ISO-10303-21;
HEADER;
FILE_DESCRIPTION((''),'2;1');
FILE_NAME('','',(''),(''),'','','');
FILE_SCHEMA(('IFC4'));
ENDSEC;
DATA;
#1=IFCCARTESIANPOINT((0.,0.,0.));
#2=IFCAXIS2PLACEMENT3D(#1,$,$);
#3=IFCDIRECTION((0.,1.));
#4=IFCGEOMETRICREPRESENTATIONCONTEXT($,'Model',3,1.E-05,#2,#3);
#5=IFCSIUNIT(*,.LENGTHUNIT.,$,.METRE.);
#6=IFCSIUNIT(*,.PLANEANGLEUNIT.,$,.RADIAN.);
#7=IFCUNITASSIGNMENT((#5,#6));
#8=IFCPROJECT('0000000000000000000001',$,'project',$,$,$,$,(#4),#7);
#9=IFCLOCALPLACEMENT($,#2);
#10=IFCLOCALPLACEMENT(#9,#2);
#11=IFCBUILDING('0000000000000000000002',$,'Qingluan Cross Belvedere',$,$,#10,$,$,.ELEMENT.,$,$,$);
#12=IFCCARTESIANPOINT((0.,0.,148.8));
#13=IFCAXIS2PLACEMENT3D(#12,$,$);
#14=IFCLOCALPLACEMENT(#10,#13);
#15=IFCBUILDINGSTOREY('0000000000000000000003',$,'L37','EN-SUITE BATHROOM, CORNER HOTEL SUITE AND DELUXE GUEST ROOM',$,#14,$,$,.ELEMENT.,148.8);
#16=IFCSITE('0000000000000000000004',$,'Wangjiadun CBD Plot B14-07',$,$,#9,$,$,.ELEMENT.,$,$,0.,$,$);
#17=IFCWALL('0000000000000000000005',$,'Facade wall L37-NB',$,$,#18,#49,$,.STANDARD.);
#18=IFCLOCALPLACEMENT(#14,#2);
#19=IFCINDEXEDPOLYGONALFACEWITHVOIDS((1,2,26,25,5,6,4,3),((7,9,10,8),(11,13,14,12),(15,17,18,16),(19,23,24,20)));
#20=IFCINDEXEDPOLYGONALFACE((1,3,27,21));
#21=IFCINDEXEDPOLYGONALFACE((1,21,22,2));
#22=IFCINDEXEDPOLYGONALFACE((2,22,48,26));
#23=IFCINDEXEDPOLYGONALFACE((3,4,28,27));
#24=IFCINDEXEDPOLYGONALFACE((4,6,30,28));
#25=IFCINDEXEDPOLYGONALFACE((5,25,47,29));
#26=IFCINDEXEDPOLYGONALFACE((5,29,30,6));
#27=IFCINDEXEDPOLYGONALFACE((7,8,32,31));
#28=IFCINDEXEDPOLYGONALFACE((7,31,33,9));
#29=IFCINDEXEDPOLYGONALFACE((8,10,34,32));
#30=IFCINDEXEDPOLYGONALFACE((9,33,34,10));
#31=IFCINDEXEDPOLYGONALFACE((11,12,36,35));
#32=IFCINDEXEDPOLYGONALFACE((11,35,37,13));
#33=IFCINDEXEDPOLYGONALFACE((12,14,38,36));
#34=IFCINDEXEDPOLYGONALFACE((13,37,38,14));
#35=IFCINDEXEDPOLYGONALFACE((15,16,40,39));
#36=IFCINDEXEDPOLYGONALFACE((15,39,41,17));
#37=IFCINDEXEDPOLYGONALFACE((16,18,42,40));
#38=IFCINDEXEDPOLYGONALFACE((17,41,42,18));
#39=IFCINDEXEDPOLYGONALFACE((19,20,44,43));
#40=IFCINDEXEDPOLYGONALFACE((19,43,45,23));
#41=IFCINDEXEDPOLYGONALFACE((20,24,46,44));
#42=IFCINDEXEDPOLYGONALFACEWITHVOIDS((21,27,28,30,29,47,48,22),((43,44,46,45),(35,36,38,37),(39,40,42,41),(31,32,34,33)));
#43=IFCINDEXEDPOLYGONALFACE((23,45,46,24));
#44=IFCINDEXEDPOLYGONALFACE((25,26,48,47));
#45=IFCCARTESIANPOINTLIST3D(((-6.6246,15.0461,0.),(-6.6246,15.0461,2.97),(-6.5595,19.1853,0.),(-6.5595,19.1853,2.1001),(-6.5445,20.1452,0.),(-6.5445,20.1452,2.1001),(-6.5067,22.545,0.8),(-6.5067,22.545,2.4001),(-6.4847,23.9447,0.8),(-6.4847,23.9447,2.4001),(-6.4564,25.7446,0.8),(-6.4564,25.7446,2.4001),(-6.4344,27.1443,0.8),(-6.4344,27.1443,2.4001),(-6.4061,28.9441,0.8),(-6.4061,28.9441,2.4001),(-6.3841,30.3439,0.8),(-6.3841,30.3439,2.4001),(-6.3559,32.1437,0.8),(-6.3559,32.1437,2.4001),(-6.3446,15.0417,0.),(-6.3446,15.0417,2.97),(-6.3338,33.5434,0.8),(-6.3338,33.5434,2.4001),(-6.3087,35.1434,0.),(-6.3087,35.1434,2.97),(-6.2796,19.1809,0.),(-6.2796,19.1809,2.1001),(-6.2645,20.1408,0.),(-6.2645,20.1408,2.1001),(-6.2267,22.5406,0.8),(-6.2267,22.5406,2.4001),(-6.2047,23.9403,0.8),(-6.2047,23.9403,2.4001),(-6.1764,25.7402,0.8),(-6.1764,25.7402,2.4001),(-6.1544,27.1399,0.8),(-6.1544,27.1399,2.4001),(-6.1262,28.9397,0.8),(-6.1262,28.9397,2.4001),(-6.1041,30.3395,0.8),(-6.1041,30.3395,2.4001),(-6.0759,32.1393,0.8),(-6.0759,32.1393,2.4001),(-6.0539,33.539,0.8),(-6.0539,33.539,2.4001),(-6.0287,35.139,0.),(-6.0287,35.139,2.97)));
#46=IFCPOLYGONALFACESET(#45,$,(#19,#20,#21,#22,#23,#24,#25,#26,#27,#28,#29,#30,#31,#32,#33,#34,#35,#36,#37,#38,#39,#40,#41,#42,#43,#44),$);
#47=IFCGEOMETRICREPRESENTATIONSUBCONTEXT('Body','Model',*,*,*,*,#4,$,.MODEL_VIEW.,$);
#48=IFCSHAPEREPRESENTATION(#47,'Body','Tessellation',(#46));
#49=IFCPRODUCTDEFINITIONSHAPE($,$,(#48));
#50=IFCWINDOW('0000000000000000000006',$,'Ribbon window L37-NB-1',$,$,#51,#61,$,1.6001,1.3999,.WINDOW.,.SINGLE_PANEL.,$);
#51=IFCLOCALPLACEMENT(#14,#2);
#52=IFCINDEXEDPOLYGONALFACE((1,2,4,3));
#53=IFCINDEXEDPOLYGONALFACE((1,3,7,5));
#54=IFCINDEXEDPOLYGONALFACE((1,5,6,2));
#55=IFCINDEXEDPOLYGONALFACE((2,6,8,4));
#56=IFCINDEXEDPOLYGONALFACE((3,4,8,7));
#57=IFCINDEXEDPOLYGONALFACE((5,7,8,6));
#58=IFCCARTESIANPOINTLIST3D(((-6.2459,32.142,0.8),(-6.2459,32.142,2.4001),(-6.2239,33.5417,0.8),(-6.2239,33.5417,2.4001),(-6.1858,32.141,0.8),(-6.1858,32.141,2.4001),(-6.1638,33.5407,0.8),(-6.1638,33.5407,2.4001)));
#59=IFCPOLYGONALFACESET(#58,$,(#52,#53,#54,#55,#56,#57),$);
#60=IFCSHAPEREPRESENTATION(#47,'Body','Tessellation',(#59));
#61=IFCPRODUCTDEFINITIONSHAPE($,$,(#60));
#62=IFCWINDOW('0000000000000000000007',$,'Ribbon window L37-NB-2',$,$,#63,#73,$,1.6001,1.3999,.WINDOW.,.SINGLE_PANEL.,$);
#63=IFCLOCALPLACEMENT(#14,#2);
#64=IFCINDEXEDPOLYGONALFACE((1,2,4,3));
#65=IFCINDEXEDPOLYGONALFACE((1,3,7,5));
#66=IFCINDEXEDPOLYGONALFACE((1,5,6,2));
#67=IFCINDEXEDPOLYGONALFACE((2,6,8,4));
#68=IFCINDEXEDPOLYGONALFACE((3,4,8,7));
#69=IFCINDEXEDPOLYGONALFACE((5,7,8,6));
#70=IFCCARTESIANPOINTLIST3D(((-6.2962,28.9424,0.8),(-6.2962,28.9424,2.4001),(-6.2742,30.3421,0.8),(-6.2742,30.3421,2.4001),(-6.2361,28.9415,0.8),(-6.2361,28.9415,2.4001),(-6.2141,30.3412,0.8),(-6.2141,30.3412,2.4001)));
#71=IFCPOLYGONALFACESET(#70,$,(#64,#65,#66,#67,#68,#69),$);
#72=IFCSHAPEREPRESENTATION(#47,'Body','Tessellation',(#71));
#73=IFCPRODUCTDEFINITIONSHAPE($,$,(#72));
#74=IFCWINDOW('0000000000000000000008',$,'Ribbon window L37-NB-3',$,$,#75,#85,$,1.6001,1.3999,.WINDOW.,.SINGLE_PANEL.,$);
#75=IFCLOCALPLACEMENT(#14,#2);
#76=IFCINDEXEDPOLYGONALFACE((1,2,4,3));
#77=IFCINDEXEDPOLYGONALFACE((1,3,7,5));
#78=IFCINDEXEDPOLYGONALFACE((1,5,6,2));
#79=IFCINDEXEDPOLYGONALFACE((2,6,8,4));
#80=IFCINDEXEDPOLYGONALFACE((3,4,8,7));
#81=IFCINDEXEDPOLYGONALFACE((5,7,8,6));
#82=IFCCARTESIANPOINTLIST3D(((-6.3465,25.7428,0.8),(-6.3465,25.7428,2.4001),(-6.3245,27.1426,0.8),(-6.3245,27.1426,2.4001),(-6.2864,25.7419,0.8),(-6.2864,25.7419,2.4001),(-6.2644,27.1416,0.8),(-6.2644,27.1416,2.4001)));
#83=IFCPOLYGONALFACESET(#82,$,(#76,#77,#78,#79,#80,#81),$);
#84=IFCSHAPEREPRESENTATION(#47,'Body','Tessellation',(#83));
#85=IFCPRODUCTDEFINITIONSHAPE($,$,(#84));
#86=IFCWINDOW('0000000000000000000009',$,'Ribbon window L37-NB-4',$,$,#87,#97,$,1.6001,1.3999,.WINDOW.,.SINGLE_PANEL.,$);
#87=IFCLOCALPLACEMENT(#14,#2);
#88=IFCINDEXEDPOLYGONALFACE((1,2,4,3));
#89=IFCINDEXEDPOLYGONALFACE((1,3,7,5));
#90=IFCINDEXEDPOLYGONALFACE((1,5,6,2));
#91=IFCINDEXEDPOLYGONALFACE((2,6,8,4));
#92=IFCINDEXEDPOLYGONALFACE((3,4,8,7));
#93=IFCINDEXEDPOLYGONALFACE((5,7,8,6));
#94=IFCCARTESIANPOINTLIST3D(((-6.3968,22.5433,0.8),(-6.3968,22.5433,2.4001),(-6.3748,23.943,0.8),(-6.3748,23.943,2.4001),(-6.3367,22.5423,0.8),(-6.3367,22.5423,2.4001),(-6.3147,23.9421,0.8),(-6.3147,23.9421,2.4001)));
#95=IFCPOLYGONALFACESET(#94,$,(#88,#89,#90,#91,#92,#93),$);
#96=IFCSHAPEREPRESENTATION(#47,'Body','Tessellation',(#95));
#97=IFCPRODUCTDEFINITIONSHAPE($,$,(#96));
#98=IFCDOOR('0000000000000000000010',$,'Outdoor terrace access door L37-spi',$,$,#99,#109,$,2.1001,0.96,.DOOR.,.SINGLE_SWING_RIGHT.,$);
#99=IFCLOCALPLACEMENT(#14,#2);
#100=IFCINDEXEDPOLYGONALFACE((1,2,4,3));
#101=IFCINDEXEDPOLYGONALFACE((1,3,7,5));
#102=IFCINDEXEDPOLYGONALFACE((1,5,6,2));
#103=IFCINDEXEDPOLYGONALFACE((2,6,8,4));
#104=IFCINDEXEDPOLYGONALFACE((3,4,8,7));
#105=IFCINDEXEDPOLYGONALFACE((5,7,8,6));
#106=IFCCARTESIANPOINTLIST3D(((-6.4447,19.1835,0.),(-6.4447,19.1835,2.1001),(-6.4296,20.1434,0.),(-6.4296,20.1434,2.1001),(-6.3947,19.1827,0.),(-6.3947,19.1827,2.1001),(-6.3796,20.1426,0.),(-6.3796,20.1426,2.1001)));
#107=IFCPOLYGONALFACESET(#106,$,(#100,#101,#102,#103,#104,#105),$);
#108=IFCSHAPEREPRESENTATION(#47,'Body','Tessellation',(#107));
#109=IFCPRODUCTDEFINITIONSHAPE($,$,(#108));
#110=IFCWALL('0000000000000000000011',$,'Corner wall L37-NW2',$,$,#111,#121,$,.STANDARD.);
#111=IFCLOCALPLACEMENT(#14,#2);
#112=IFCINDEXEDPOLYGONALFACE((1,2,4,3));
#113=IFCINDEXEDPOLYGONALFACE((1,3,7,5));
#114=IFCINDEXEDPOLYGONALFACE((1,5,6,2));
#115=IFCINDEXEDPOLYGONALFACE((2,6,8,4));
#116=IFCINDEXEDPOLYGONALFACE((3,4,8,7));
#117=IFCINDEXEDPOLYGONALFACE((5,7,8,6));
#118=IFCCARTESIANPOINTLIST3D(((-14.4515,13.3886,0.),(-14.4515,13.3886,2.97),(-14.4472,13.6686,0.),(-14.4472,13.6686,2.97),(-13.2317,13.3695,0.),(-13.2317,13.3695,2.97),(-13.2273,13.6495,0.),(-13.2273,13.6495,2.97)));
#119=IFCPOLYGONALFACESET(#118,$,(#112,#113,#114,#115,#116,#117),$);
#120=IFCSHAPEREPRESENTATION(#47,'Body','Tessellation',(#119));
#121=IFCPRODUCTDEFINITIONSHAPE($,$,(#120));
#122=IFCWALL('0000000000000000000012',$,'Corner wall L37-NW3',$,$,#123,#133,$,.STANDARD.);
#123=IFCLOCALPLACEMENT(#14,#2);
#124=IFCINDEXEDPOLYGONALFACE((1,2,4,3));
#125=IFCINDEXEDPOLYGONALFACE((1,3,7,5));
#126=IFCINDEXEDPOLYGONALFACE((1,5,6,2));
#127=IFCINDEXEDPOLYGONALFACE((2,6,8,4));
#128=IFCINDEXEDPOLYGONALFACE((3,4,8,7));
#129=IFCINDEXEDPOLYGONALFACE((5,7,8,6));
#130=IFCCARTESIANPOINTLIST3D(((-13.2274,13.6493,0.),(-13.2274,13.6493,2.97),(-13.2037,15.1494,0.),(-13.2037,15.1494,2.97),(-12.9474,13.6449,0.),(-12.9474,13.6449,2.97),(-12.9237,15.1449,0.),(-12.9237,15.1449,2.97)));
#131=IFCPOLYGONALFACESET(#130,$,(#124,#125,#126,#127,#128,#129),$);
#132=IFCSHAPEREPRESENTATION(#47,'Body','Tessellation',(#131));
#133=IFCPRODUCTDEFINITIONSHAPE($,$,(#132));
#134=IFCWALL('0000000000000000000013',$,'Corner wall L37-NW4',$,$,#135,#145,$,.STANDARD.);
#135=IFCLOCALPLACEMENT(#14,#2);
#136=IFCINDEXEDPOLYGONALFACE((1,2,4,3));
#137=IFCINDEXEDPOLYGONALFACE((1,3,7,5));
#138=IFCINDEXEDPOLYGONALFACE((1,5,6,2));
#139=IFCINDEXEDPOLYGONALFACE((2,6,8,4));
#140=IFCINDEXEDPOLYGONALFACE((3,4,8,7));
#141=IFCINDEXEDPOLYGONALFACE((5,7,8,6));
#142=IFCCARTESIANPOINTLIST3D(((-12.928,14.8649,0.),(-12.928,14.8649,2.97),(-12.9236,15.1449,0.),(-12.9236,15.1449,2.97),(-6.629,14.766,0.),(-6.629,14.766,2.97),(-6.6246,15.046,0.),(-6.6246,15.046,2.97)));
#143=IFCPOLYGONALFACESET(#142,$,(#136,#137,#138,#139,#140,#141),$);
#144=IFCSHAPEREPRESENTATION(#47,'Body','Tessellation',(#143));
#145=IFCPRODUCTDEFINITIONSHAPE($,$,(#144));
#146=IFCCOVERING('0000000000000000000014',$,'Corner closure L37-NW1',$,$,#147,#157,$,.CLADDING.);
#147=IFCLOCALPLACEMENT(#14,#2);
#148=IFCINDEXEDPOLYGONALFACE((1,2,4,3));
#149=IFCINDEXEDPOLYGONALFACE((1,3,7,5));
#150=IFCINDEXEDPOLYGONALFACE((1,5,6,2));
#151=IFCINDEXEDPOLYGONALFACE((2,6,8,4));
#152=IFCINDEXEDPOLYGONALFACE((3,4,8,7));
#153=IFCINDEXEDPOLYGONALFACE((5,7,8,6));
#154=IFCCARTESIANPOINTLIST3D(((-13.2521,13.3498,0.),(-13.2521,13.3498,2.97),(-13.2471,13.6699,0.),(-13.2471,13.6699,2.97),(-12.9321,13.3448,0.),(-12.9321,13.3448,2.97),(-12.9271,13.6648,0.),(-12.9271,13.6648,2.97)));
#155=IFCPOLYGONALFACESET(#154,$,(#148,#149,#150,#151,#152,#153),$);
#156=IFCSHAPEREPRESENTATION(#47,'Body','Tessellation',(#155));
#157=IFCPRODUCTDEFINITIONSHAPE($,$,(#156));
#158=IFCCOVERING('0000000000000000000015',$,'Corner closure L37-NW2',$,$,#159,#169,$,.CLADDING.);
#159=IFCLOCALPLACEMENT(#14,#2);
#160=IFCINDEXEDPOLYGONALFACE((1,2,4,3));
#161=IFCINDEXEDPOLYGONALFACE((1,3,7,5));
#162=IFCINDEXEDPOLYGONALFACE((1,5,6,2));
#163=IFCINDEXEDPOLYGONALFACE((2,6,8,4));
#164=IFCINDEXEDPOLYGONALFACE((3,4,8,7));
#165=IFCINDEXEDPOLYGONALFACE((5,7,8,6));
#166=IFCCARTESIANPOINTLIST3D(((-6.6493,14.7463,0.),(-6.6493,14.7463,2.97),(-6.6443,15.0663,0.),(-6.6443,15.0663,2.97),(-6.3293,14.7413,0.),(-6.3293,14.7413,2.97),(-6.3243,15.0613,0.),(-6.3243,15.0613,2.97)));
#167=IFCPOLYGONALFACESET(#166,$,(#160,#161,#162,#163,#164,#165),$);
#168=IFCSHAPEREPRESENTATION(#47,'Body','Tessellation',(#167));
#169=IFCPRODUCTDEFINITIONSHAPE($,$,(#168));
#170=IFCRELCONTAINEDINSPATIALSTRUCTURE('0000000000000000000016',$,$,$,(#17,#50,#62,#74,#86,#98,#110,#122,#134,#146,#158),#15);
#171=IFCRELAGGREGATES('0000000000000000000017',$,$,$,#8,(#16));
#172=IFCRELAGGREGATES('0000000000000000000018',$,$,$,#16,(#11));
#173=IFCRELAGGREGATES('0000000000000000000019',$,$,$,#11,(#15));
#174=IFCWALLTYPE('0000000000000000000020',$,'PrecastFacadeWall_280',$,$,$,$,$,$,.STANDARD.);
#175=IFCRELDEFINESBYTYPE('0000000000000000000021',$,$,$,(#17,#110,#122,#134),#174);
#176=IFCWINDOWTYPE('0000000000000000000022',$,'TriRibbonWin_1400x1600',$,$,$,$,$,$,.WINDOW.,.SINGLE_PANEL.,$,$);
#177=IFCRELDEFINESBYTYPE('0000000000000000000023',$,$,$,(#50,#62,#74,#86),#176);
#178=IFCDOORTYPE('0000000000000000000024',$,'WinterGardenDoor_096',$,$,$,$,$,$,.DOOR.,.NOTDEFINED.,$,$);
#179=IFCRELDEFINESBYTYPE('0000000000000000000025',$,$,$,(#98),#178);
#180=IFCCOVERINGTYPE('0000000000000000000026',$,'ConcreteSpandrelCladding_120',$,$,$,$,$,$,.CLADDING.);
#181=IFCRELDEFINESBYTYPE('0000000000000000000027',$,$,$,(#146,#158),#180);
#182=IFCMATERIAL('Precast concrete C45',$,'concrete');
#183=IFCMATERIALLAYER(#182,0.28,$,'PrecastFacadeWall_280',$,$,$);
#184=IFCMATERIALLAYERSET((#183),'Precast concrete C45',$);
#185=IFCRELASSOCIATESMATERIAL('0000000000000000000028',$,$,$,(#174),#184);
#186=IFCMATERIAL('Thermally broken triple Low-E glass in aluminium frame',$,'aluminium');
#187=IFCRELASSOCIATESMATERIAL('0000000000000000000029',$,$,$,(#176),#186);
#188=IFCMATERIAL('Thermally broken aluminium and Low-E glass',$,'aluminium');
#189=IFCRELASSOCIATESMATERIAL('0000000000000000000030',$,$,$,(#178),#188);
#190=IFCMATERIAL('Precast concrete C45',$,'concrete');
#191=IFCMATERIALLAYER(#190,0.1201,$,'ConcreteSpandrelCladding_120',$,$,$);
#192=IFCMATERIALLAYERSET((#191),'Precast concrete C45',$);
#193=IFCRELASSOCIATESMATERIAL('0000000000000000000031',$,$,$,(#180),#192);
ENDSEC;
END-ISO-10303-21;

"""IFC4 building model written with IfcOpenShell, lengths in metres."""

from ifc_helpers import new_model, si_unit, direction, frame, frame_2d, origin, origin_2d, place, context, subcontext, project, spatial, rectangle, extrude, material, layer, layer_set, type_object, element, fill, save


model = new_model("IFC4")

# Units and contexts
model_context = context("Model", 3, precision=1e-05, world=origin(), true_north=direction((0.0, 1.0)))
body_context = subcontext(model_context, "Body", "Model", "MODEL_VIEW")
ifc_project = project(units=[si_unit("LENGTHUNIT", "METRE"), si_unit("PLANEANGLEUNIT", "RADIAN")], contexts=[model_context])

# Site, building, storey
site_placement = place(None, origin())
site = spatial("IfcSite", under=ifc_project, at=site_placement, Name="Wangjiadun CBD Plot B14-07", CompositionType="ELEMENT", RefElevation=0.0)
building_placement = place(site_placement, origin())
building = spatial("IfcBuilding", under=site, at=building_placement, Name="Qingluan Cross Belvedere", CompositionType="ELEMENT")
storey_placement = place(building_placement, frame((0.0, 0.0, 148.8)))
storey = spatial("IfcBuildingStorey", under=building, at=storey_placement, Name="L37", Description="EN-SUITE BATHROOM, CORNER HOTEL SUITE AND DELUXE GUEST ROOM", CompositionType="ELEMENT", Elevation=148.8)

# Wall, openings, windows, door
ifc_material_1 = material(Name="Precast concrete C45", Category="concrete")
ifc_layer_1 = layer(ifc_material_1, 0.28, Name="PrecastFacadeWall_280")
ifc_layer_set_1 = layer_set([ifc_layer_1], Name="Precast concrete C45")
wall_type_1 = type_object("IfcWallType", Name="PrecastFacadeWall_280", PredefinedType="STANDARD", material=ifc_layer_set_1)
wall_1_placement = place(storey_placement, frame((-6.1687, 35.1411, 0.0), z_axis=(0.0, 0.0, 1.0), x_axis=(-0.015717, -0.999876, 0.0)))
wall_1 = element("IfcWall", 1, at=wall_1_placement, inside=storey, type_object=wall_type_1, Name="Facade wall L37-NB", PredefinedType="STANDARD", context=body_context, shape_type="SweptSolid", body=[
    extrude(rectangle(XDim=20.0999, YDim=0.28, at=frame_2d((10.0498, 0.0))), origin(), (0.0, 0.0, 1.0), 2.97),
])
opening_1_placement = place(wall_1_placement, frame((1.6001, 0.0, 0.8)))
opening_1 = element("IfcOpeningElement", 2, at=opening_1_placement, cuts=wall_1, PredefinedType="OPENING", context=body_context, shape_type="SweptSolid", body=[
    extrude(rectangle(XDim=1.3999, YDim=1.6001, at=frame_2d((0.7, 0.8))), frame((0.0, 0.1499, 0.0), z_axis=(0.0, -1.0, 0.0), x_axis=(1.0, 0.0, 0.0)), (0.0, 0.0, 1.0), 0.3),
])
opening_2_placement = place(wall_1_placement, frame((4.8, 0.0, 0.8)))
opening_2 = element("IfcOpeningElement", 3, at=opening_2_placement, cuts=wall_1, PredefinedType="OPENING", context=body_context, shape_type="SweptSolid", body=[
    extrude(rectangle(XDim=1.3999, YDim=1.6001, at=frame_2d((0.7, 0.8))), frame((0.0, 0.1499, 0.0), z_axis=(0.0, -1.0, 0.0), x_axis=(1.0, 0.0, 0.0)), (0.0, 0.0, 1.0), 0.3),
])
opening_3_placement = place(wall_1_placement, frame((8.0, 0.0, 0.8)))
opening_3 = element("IfcOpeningElement", 4, at=opening_3_placement, cuts=wall_1, PredefinedType="OPENING", context=body_context, shape_type="SweptSolid", body=[
    extrude(rectangle(XDim=1.3999, YDim=1.6001, at=frame_2d((0.7, 0.8))), frame((0.0, 0.1499, 0.0), z_axis=(0.0, -1.0, 0.0), x_axis=(1.0, 0.0, 0.0)), (0.0, 0.0, 1.0), 0.3),
])
opening_4_placement = place(wall_1_placement, frame((11.2, 0.0, 0.8)))
opening_4 = element("IfcOpeningElement", 5, at=opening_4_placement, cuts=wall_1, PredefinedType="OPENING", context=body_context, shape_type="SweptSolid", body=[
    extrude(rectangle(XDim=1.3999, YDim=1.6001, at=frame_2d((0.7, 0.8))), frame((0.0, 0.1499, 0.0), z_axis=(0.0, -1.0, 0.0), x_axis=(1.0, 0.0, 0.0)), (0.0, 0.0, 1.0), 0.3),
])
opening_5_placement = place(wall_1_placement, frame((15.0, 0.0, 0.0)))
opening_5 = element("IfcOpeningElement", 6, at=opening_5_placement, cuts=wall_1, PredefinedType="OPENING", context=body_context, shape_type="SweptSolid", body=[
    extrude(rectangle(XDim=0.96, YDim=2.1001, at=frame_2d((0.48, 1.05))), frame((0.0, 0.1499, 0.0), z_axis=(0.0, -1.0, 0.0), x_axis=(1.0, 0.0, 0.0)), (0.0, 0.0, 1.0), 0.3),
])
ifc_material_2 = material(Name="Thermally broken triple Low-E glass in aluminium frame", Category="aluminium")
window_type = type_object("IfcWindowType", Name="TriRibbonWin_1400x1600", PartitioningType="SINGLE_PANEL", PredefinedType="WINDOW", material=ifc_material_2)
window_1_placement = place(opening_1_placement, origin())
window_1 = element("IfcWindow", 7, at=window_1_placement, inside=storey, type_object=window_type, Name="Ribbon window L37-NB-1", OverallHeight=1.6001, OverallWidth=1.3999, PartitioningType="SINGLE_PANEL", PredefinedType="WINDOW", context=body_context, shape_type="SweptSolid", body=[
    extrude(rectangle(XDim=1.3999, YDim=1.6001, at=frame_2d((0.7, 0.8))), frame((0.0, 0.03, 0.0), z_axis=(0.0, -1.0, 0.0), x_axis=(1.0, 0.0, 0.0)), (0.0, 0.0, 1.0), 0.0601),
])
fill(opening_1, window_1)
window_2_placement = place(opening_2_placement, origin())
window_2 = element("IfcWindow", 8, at=window_2_placement, inside=storey, type_object=window_type, Name="Ribbon window L37-NB-2", OverallHeight=1.6001, OverallWidth=1.3999, PartitioningType="SINGLE_PANEL", PredefinedType="WINDOW", context=body_context, shape_type="SweptSolid", body=[
    extrude(rectangle(XDim=1.3999, YDim=1.6001, at=frame_2d((0.7, 0.8))), frame((0.0, 0.03, 0.0), z_axis=(0.0, -1.0, 0.0), x_axis=(1.0, 0.0, 0.0)), (0.0, 0.0, 1.0), 0.0601),
])
fill(opening_2, window_2)
window_3_placement = place(opening_3_placement, origin())
window_3 = element("IfcWindow", 9, at=window_3_placement, inside=storey, type_object=window_type, Name="Ribbon window L37-NB-3", OverallHeight=1.6001, OverallWidth=1.3999, PartitioningType="SINGLE_PANEL", PredefinedType="WINDOW", context=body_context, shape_type="SweptSolid", body=[
    extrude(rectangle(XDim=1.3999, YDim=1.6001, at=frame_2d((0.7, 0.8))), frame((0.0, 0.03, 0.0), z_axis=(0.0, -1.0, 0.0), x_axis=(1.0, 0.0, 0.0)), (0.0, 0.0, 1.0), 0.0601),
])
fill(opening_3, window_3)
window_4_placement = place(opening_4_placement, origin())
window_4 = element("IfcWindow", 10, at=window_4_placement, inside=storey, type_object=window_type, Name="Ribbon window L37-NB-4", OverallHeight=1.6001, OverallWidth=1.3999, PartitioningType="SINGLE_PANEL", PredefinedType="WINDOW", context=body_context, shape_type="SweptSolid", body=[
    extrude(rectangle(XDim=1.3999, YDim=1.6001, at=frame_2d((0.7, 0.8))), frame((0.0, 0.03, 0.0), z_axis=(0.0, -1.0, 0.0), x_axis=(1.0, 0.0, 0.0)), (0.0, 0.0, 1.0), 0.0601),
])
fill(opening_4, window_4)
ifc_material_3 = material(Name="Thermally broken aluminium and Low-E glass", Category="aluminium")
door_type_1 = type_object("IfcDoorType", Name="WinterGardenDoor_096", OperationType="NOTDEFINED", PredefinedType="DOOR", material=ifc_material_3)
door_1_placement = place(opening_5_placement, origin())
door_1 = element("IfcDoor", 11, at=door_1_placement, inside=storey, type_object=door_type_1, Name="Outdoor terrace access door L37-spi", OperationType="SINGLE_SWING_RIGHT", OverallHeight=2.1001, OverallWidth=0.96, PredefinedType="DOOR", context=body_context, shape_type="SweptSolid", body=[
    extrude(rectangle(XDim=0.96, YDim=2.1001, at=frame_2d((0.48, 1.05))), frame((0.0, 0.0249, 0.0), z_axis=(0.0, -1.0, 0.0), x_axis=(1.0, 0.0, 0.0)), (0.0, 0.0, 1.0), 0.05),
])
fill(opening_5, door_1)

# Walls
wall_2_placement = place(storey_placement, frame((-14.4492, 13.5286, 0.0), z_axis=(0.0, 0.0, 1.0), x_axis=(0.999878, -0.015611, 0.0)))
element("IfcWall", 12, at=wall_2_placement, inside=storey, type_object=wall_type_1, Name="Corner wall L37-NW2", PredefinedType="STANDARD", context=body_context, shape_type="SweptSolid", body=[
    extrude(rectangle(XDim=1.22, YDim=0.28, at=frame_2d((0.6099, 0.0))), origin(), (0.0, 0.0, 1.0), 2.97),
])
wall_3_placement = place(storey_placement, frame((-13.0874, 13.6472, 0.0), z_axis=(0.0, 0.0, 1.0), x_axis=(0.015786, 0.999875, 0.0)))
element("IfcWall", 13, at=wall_3_placement, inside=storey, type_object=wall_type_1, Name="Corner wall L37-NW3", PredefinedType="STANDARD", context=body_context, shape_type="SweptSolid", body=[
    extrude(rectangle(XDim=1.5002, YDim=0.28, at=frame_2d((0.75, 0.0))), origin(), (0.0, 0.0, 1.0), 2.97),
])
wall_4_placement = place(storey_placement, frame((-12.9258, 15.0049, 0.0), z_axis=(0.0, 0.0, 1.0), x_axis=(0.999877, -0.015695, 0.0)))
element("IfcWall", 14, at=wall_4_placement, inside=storey, type_object=wall_type_1, Name="Corner wall L37-NW4", PredefinedType="STANDARD", context=body_context, shape_type="SweptSolid", body=[
    extrude(rectangle(XDim=6.2998, YDim=0.28, at=frame_2d((3.1499, 0.0))), origin(), (0.0, 0.0, 1.0), 2.97),
])

# Coverings
ifc_material_4 = material(Name="Precast concrete C45", Category="concrete")
ifc_layer_2 = layer(ifc_material_4, 0.1201, Name="ConcreteSpandrelCladding_120")
ifc_layer_set_2 = layer_set([ifc_layer_2], Name="Precast concrete C45")
covering_type_1 = type_object("IfcCoveringType", Name="ConcreteSpandrelCladding_120", PredefinedType="CLADDING", material=ifc_layer_set_2)
for number, where, z_axis, x_axis, name in (
    (15, (-13.0896, 13.5073, 0.0), (0.0, 0.0, 1.0), (0.999877, -0.015707, 0.0), "Corner closure L37-NW1"),
    (16, (-6.4868, 14.9038, 0.0), (0.0, 0.0, 1.0), (0.999877, -0.015707, 0.0), "Corner closure L37-NW2"),
):
    element("IfcCovering", number, at=place(storey_placement, frame(where, z_axis=z_axis, x_axis=x_axis)), inside=storey, type_object=covering_type_1, Name=name, PredefinedType="CLADDING", context=body_context, shape_type="SweptSolid", body=[
        extrude(rectangle(XDim=0.3201, YDim=0.3201, at=origin_2d()), origin(), (0.0, 0.0, 1.0), 2.97),
    ])

save(model, "model.ifc")
